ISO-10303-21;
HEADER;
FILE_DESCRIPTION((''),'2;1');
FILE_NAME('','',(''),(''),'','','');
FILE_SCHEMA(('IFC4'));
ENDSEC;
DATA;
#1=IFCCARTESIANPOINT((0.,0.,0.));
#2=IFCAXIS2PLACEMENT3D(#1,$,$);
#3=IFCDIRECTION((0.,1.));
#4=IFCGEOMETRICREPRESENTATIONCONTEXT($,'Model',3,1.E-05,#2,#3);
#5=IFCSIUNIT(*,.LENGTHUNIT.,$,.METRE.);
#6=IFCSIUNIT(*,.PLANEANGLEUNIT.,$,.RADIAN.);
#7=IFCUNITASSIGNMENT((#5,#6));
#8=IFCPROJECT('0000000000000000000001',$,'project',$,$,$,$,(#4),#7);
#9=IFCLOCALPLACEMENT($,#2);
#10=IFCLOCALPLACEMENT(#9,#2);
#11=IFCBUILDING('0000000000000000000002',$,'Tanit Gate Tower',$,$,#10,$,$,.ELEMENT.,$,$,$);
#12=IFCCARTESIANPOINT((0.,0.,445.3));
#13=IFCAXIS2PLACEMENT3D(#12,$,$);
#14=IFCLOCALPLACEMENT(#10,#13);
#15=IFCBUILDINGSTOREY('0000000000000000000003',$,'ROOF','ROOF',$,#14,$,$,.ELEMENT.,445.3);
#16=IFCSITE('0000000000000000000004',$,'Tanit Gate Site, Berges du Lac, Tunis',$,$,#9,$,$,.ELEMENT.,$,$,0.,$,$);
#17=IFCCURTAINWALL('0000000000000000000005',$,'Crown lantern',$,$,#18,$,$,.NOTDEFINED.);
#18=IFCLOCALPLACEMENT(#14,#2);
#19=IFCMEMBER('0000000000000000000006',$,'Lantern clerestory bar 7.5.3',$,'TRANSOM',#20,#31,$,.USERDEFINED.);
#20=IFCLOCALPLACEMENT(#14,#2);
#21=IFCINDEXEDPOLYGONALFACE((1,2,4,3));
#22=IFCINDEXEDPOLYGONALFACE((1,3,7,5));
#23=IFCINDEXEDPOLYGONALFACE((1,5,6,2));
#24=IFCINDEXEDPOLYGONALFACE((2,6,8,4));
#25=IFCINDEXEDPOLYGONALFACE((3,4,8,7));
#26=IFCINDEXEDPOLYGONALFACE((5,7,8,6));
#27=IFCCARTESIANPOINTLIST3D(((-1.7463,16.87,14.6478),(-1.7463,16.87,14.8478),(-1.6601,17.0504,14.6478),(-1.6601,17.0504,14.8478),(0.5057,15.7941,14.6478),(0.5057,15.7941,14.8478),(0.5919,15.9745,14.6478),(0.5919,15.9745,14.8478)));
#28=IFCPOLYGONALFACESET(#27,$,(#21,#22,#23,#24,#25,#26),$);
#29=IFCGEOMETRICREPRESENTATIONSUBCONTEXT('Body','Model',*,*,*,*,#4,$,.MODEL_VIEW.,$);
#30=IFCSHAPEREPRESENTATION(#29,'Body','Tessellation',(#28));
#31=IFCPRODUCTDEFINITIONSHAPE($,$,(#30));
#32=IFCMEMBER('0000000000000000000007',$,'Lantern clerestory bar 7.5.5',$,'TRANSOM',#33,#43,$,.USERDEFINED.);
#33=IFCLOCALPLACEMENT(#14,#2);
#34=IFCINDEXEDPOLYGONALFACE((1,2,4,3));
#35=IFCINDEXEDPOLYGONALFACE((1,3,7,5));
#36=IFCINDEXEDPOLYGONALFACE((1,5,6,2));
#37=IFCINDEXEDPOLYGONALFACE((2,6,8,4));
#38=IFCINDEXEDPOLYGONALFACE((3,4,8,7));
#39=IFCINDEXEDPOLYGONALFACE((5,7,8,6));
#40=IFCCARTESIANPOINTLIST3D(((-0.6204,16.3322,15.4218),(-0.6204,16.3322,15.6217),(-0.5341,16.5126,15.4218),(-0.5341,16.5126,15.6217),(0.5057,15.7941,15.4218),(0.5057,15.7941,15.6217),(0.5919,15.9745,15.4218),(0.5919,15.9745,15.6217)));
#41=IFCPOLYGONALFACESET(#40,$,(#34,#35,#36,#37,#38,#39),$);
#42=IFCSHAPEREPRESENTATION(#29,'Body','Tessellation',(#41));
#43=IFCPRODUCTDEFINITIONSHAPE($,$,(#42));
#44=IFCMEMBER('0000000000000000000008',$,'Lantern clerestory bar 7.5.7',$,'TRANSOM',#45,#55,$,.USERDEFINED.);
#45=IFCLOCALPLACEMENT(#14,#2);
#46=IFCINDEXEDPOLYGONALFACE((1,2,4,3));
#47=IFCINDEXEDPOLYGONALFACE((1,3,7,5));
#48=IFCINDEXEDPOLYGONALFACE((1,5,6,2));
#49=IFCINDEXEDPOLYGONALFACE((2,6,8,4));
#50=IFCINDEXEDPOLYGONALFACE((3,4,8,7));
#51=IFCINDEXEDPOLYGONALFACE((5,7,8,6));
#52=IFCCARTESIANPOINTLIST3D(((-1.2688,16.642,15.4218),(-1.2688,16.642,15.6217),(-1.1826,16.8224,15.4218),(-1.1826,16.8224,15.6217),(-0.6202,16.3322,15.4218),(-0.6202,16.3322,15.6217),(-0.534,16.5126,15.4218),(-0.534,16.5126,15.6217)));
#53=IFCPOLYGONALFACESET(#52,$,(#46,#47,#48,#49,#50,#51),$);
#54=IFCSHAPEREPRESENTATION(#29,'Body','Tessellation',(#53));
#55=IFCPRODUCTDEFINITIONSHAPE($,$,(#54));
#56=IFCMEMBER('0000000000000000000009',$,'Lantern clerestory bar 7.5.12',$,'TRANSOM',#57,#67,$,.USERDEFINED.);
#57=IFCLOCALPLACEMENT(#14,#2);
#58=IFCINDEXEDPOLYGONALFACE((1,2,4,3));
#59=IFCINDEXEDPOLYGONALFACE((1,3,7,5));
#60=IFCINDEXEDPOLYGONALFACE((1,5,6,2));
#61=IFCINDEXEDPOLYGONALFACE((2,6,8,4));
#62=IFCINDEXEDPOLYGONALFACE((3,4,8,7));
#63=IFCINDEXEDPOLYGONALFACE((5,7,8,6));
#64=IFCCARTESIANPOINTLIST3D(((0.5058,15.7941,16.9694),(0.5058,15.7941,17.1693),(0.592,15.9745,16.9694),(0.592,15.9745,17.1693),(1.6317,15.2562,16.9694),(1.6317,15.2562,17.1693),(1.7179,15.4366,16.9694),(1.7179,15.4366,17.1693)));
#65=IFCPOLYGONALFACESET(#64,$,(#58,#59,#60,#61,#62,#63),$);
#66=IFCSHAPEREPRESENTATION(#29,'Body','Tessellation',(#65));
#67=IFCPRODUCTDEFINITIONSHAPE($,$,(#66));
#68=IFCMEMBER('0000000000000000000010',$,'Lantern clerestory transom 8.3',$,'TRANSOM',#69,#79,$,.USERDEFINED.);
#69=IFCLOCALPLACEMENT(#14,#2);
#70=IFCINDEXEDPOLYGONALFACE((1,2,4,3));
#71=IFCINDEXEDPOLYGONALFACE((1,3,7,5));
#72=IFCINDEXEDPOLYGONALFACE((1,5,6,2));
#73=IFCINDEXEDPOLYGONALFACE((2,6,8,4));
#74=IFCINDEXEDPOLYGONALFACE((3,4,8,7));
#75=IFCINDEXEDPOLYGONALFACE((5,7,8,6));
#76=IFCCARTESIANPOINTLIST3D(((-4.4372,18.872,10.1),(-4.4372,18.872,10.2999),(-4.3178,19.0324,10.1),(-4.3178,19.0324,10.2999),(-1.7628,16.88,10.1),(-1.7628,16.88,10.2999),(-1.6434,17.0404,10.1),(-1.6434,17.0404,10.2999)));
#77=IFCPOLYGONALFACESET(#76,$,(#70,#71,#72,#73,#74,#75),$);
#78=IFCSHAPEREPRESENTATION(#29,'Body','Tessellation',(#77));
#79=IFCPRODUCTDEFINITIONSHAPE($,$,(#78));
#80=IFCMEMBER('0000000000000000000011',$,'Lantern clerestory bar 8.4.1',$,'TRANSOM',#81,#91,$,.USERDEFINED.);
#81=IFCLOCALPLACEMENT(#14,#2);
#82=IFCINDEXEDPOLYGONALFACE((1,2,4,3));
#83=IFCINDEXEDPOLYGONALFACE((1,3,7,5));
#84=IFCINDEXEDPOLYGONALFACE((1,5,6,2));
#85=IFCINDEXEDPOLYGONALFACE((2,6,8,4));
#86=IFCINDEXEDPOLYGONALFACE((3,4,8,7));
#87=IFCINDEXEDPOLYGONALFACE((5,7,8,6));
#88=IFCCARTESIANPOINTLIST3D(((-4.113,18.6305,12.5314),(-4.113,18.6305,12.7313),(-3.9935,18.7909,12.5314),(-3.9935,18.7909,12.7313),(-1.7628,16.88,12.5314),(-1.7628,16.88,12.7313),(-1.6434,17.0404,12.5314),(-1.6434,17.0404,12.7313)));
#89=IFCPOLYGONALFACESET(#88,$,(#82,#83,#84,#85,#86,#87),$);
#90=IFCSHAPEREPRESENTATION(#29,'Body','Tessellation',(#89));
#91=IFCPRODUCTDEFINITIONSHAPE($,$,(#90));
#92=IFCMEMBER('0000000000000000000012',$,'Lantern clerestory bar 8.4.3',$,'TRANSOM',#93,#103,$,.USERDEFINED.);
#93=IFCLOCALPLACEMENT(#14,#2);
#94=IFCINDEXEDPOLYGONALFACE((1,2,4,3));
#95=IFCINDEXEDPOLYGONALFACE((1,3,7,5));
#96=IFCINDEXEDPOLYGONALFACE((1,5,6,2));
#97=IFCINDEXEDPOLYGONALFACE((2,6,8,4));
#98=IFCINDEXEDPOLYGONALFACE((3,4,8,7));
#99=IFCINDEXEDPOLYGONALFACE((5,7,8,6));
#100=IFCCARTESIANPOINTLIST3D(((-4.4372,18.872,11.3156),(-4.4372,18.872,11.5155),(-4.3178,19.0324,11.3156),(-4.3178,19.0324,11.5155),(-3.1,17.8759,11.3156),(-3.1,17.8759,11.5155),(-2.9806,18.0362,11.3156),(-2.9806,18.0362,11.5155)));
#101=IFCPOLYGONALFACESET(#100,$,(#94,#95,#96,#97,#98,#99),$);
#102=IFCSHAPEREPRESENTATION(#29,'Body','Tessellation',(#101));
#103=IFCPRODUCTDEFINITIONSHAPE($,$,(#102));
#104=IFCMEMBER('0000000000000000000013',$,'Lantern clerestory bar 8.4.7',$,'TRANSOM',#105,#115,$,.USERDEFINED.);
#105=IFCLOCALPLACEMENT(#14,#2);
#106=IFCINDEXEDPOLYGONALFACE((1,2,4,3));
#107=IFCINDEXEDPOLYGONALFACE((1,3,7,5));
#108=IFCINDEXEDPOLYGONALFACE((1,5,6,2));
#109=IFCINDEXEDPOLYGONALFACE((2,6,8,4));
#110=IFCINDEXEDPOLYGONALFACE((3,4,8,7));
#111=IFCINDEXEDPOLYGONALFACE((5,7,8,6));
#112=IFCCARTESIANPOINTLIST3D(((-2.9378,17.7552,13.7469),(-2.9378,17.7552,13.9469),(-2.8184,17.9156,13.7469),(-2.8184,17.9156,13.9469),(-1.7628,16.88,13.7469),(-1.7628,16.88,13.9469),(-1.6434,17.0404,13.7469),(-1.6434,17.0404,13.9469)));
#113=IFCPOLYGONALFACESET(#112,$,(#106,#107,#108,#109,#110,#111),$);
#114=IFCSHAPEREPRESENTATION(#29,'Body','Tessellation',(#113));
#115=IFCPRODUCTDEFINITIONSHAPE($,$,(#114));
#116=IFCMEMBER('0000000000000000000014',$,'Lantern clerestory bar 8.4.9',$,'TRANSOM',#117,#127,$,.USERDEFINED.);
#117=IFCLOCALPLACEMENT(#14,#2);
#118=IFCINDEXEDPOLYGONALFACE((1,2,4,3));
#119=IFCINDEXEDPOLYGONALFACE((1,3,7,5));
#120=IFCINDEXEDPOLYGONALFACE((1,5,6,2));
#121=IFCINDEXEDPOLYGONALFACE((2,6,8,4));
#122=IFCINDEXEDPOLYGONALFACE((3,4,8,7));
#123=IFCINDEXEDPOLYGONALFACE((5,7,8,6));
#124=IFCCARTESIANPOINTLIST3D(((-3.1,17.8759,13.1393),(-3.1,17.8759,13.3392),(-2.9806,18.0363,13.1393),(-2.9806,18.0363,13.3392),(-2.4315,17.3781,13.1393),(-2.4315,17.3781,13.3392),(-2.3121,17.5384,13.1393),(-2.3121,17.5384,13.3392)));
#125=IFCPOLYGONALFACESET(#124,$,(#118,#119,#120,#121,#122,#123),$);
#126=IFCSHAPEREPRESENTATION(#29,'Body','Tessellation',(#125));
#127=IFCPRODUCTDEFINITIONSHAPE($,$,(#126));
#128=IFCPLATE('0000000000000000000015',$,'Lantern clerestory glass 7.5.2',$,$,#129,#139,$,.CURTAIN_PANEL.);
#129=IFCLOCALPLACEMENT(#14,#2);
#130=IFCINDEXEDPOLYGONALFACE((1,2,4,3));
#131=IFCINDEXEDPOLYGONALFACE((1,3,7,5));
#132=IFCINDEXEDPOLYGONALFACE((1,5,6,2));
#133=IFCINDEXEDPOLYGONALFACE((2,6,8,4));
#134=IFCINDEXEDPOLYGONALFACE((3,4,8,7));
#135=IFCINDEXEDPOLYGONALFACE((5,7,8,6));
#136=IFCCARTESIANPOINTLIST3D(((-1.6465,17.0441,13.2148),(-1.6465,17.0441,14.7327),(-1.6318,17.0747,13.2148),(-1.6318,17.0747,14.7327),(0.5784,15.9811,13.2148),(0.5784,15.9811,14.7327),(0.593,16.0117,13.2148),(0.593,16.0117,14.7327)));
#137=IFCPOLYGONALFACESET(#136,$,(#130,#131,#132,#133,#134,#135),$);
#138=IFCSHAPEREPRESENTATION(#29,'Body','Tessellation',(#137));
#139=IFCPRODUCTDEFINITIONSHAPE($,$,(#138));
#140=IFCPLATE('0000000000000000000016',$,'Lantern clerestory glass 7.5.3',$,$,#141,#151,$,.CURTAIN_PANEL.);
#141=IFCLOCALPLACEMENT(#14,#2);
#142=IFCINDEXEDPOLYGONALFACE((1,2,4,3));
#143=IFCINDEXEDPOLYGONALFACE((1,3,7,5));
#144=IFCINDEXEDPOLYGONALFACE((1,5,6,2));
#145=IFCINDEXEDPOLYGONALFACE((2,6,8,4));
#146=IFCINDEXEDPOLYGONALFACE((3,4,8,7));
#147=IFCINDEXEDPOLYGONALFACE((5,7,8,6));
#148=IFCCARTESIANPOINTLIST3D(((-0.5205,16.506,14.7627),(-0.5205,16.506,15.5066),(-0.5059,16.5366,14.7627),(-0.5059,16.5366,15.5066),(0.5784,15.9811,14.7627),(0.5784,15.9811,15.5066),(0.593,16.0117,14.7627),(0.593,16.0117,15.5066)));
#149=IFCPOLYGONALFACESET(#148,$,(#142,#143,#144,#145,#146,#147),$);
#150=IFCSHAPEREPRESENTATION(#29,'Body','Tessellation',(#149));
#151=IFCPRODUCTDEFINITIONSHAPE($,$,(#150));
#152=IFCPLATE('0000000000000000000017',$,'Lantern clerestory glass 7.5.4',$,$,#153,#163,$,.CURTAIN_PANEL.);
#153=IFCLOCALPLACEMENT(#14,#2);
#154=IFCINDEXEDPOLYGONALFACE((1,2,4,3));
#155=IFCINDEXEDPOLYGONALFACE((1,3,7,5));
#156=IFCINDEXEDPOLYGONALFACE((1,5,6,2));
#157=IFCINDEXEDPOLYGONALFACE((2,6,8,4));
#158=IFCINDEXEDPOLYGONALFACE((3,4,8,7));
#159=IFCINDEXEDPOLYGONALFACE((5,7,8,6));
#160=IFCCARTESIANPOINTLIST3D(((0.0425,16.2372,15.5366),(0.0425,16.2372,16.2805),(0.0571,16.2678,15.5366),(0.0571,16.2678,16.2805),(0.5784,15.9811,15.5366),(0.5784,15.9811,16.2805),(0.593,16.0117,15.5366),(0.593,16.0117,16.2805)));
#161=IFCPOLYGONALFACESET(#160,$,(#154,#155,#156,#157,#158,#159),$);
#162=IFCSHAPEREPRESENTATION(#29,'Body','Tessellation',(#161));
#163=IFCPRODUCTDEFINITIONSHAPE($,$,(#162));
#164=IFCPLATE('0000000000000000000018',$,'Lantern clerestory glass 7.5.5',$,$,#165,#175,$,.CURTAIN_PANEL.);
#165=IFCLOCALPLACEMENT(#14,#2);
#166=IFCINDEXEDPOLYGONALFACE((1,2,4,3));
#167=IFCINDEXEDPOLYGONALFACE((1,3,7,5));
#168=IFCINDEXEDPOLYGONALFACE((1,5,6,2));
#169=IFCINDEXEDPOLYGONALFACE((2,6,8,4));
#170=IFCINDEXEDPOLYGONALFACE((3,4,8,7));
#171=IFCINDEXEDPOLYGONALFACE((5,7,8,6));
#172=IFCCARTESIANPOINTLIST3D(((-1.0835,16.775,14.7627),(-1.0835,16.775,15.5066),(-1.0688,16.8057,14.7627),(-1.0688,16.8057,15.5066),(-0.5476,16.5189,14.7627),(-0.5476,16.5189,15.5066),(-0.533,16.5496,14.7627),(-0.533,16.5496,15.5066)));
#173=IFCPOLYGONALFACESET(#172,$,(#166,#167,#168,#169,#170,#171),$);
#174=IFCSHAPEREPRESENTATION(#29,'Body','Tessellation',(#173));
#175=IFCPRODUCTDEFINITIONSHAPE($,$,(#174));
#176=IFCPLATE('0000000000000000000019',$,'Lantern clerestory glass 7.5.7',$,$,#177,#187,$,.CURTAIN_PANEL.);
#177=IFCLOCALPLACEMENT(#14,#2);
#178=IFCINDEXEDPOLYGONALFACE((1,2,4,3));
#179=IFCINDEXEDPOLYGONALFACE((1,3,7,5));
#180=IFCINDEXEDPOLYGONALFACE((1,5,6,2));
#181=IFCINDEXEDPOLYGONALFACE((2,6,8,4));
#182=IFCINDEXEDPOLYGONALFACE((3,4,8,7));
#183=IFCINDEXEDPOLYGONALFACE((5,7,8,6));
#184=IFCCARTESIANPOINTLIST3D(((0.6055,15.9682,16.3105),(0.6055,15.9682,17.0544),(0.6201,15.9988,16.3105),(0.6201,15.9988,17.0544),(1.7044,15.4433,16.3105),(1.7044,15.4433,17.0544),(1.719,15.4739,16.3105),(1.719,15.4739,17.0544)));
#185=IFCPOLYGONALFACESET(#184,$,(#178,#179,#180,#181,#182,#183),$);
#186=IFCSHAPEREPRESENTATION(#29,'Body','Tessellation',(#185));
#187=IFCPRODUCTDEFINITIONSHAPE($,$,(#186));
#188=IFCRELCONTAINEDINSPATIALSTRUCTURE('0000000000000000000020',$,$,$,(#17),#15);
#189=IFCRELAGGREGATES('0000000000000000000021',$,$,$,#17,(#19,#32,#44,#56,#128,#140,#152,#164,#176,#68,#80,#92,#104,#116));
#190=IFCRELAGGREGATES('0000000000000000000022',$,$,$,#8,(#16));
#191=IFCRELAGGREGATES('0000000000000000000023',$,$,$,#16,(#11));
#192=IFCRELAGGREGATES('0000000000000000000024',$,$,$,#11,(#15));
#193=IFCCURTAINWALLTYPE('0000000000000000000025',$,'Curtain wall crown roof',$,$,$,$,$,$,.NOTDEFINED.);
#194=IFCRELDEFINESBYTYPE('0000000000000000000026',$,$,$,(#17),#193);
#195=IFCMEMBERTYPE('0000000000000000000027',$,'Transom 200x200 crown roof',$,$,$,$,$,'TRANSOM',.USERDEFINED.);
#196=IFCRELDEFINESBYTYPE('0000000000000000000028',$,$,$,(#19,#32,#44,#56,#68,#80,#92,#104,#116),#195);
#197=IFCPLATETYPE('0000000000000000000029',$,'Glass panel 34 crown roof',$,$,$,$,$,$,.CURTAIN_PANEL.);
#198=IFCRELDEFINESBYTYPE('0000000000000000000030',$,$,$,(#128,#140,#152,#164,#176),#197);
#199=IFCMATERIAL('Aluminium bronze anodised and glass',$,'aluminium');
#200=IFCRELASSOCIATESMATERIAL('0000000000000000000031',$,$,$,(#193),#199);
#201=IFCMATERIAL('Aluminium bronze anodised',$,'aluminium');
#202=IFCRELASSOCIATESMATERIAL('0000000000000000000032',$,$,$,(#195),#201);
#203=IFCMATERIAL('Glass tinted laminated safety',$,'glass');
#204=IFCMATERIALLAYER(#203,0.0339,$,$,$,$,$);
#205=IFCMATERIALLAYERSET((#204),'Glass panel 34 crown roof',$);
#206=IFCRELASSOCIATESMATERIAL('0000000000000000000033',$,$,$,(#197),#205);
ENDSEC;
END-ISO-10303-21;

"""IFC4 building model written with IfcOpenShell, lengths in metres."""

from ifc_helpers import new_model, si_unit, direction, frame, origin, origin_2d, place, context, subcontext, project, spatial, polyline, rectangle, outline, extrude, material, layer, layer_set, material_profile, profile_set, type_object, element, aggregate, save


model = new_model("IFC4")

# Units and contexts
model_context = context("Model", 3, precision=1e-05, world=origin(), true_north=direction((0.0, 1.0)))
body_context = subcontext(model_context, "Body", "Model", "MODEL_VIEW")
ifc_project = project(units=[si_unit("LENGTHUNIT", "METRE"), si_unit("PLANEANGLEUNIT", "RADIAN")], contexts=[model_context])

# Site, building, storey
site_placement = place(None, origin())
site = spatial("IfcSite", under=ifc_project, at=site_placement, Name="Tanit Gate Site, Berges du Lac, Tunis", CompositionType="ELEMENT", RefElevation=0.0)
building_placement = place(site_placement, origin())
building = spatial("IfcBuilding", under=site, at=building_placement, Name="Tanit Gate Tower", CompositionType="ELEMENT")
storey_placement = place(building_placement, frame((0.0, 0.0, 445.3)))
storey = spatial("IfcBuildingStorey", under=building, at=storey_placement, Name="ROOF", Description="ROOF", CompositionType="ELEMENT", Elevation=445.3)

# Curtain wall, members, plates
ifc_material_1 = material(Name="Aluminium bronze anodised and glass", Category="aluminium")
curtain_wall_type = type_object("IfcCurtainWallType", Name="Curtain wall crown roof", PredefinedType="NOTDEFINED", material=ifc_material_1)
curtain_wall_placement = place(storey_placement, origin())
curtain_wall = element("IfcCurtainWall", 1, at=curtain_wall_placement, inside=storey, type_object=curtain_wall_type, Name="Crown lantern", PredefinedType="NOTDEFINED")
ifc_material_2 = material(Name="Aluminium bronze anodised", Category="aluminium")
ifc_material_profile_1 = material_profile(ifc_material_2, rectangle(XDim=0.2, YDim=0.2, at=origin_2d()), Name="200x200 bronze transom")
ifc_profile_set_1 = profile_set([ifc_material_profile_1], Name="Aluminium bronze anodised")
member_type_1 = type_object("IfcMemberType", Name="Transom 200x200 crown roof", ElementType="TRANSOM", PredefinedType="USERDEFINED", material=ifc_profile_set_1)
member_1_placement = place(storey_placement, frame((0.5488, 15.8843, 14.7478), z_axis=(-0.902305, 0.431099, 0.0), x_axis=(-0.431099, -0.902305, 0.0)))
member_1 = element("IfcMember", 2, at=member_1_placement, type_object=member_type_1, Name="Lantern clerestory bar 7.5.3", ObjectType="TRANSOM", PredefinedType="USERDEFINED", context=body_context, shape_type="SweptSolid", body=[
    extrude(rectangle(XDim=0.2, YDim=0.2, at=origin_2d()), origin(), (0.0, 0.0, 1.0), 2.4958),
])
member_2_placement = place(storey_placement, frame((0.5488, 15.8843, 15.5217), z_axis=(-0.902267, 0.431179, 0.0), x_axis=(-0.431179, -0.902267, 0.0)))
member_2 = element("IfcMember", 3, at=member_2_placement, type_object=member_type_1, Name="Lantern clerestory bar 7.5.5", ObjectType="TRANSOM", PredefinedType="USERDEFINED", context=body_context, shape_type="SweptSolid", body=[
    extrude(rectangle(XDim=0.2, YDim=0.2, at=origin_2d()), origin(), (0.0, 0.0, 1.0), 1.248),
])
member_3_placement = place(storey_placement, frame((-0.5771, 16.4224, 15.5217), z_axis=(-0.902301, 0.431107, 0.0), x_axis=(-0.431107, -0.902301, 0.0)))
member_3 = element("IfcMember", 4, at=member_3_placement, type_object=member_type_1, Name="Lantern clerestory bar 7.5.7", ObjectType="TRANSOM", PredefinedType="USERDEFINED", context=body_context, shape_type="SweptSolid", body=[
    extrude(rectangle(XDim=0.2, YDim=0.2, at=origin_2d()), origin(), (0.0, 0.0, 1.0), 0.7188),
])
member_4_placement = place(storey_placement, frame((1.6748, 15.3464, 17.0693), z_axis=(-0.902343, 0.431019, 0.0), x_axis=(-0.431019, -0.902343, 0.0)))
member_4 = element("IfcMember", 5, at=member_4_placement, type_object=member_type_1, Name="Lantern clerestory bar 7.5.12", ObjectType="TRANSOM", PredefinedType="USERDEFINED", context=body_context, shape_type="SweptSolid", body=[
    extrude(rectangle(XDim=0.2, YDim=0.2, at=origin_2d()), origin(), (0.0, 0.0, 1.0), 1.2478),
])
member_5_placement = place(storey_placement, frame((-1.7031, 16.9602, 10.2), z_axis=(-0.801981, 0.597349, 0.0), x_axis=(-0.597349, -0.801981, 0.0)))
member_5 = element("IfcMember", 6, at=member_5_placement, type_object=member_type_1, Name="Lantern clerestory transom 8.3", ObjectType="TRANSOM", PredefinedType="USERDEFINED", context=body_context, shape_type="SweptSolid", body=[
    extrude(rectangle(XDim=0.2, YDim=0.2, at=origin_2d()), origin(), (0.0, 0.0, 1.0), 3.3347),
])
member_6_placement = place(storey_placement, frame((-1.7031, 16.9602, 12.6313), z_axis=(-0.801975, 0.597357, 0.0), x_axis=(-0.597357, -0.801975, 0.0)))
member_6 = element("IfcMember", 7, at=member_6_placement, type_object=member_type_1, Name="Lantern clerestory bar 8.4.1", ObjectType="TRANSOM", PredefinedType="USERDEFINED", context=body_context, shape_type="SweptSolid", body=[
    extrude(rectangle(XDim=0.2, YDim=0.2, at=origin_2d()), origin(), (0.0, 0.0, 1.0), 2.9304),
])
member_7_placement = place(storey_placement, frame((-3.0403, 17.9561, 11.4155), z_axis=(-0.801946, 0.597396, 0.0), x_axis=(-0.597396, -0.801946, 0.0)))
member_7 = element("IfcMember", 8, at=member_7_placement, type_object=member_type_1, Name="Lantern clerestory bar 8.4.3", ObjectType="TRANSOM", PredefinedType="USERDEFINED", context=body_context, shape_type="SweptSolid", body=[
    extrude(rectangle(XDim=0.2, YDim=0.2, at=origin_2d()), origin(), (0.0, 0.0, 1.0), 1.6675),
])
member_8_placement = place(storey_placement, frame((-1.7031, 16.9602, 13.8469), z_axis=(-0.801975, 0.597357, 0.0), x_axis=(-0.597357, -0.801975, 0.0)))
member_8 = element("IfcMember", 9, at=member_8_placement, type_object=member_type_1, Name="Lantern clerestory bar 8.4.7", ObjectType="TRANSOM", PredefinedType="USERDEFINED", context=body_context, shape_type="SweptSolid", body=[
    extrude(rectangle(XDim=0.2, YDim=0.2, at=origin_2d()), origin(), (0.0, 0.0, 1.0), 1.4651),
])
member_9_placement = place(storey_placement, frame((-2.3718, 17.4583, 13.2393), z_axis=(-0.802034, 0.597278, 0.0), x_axis=(-0.597278, -0.802034, 0.0)))
member_9 = element("IfcMember", 10, at=member_9_placement, type_object=member_type_1, Name="Lantern clerestory bar 8.4.9", ObjectType="TRANSOM", PredefinedType="USERDEFINED", context=body_context, shape_type="SweptSolid", body=[
    extrude(rectangle(XDim=0.2, YDim=0.2, at=origin_2d()), origin(), (0.0, 0.0, 1.0), 0.8335),
])
ifc_material_3 = material(Name="Glass tinted laminated safety", Category="glass")
ifc_layer = layer(ifc_material_3, 0.0339)
ifc_layer_set = layer_set([ifc_layer], Name="Glass panel 34 crown roof")
plate_type = type_object("IfcPlateType", Name="Glass panel 34 crown roof", PredefinedType="CURTAIN_PANEL", material=ifc_layer_set)
plate_1_placement = place(storey_placement, frame((0.593, 16.0117, 13.2148), z_axis=(0.431102, 0.902303, 0.0), x_axis=(-0.902303, 0.431102, 0.0)))
plate_1 = element("IfcPlate", 11, at=plate_1_placement, type_object=plate_type, Name="Lantern clerestory glass 7.5.2", PredefinedType="CURTAIN_PANEL", context=body_context, shape_type="SweptSolid", body=[
    extrude(outline(polyline([(0.0, 0.0), (2.4657, 0.0), (2.4657, 1.5178), (0.0, 1.5178), (0.0, 0.0)])), origin(), (0.0, 0.0, -1.0), 0.0339),
])
plate_2_placement = place(storey_placement, frame((0.593, 16.0117, 14.7627), z_axis=(0.431023, 0.902341, 0.0), x_axis=(-0.902341, 0.431023, 0.0)))
plate_2 = element("IfcPlate", 12, at=plate_2_placement, type_object=plate_type, Name="Lantern clerestory glass 7.5.3", PredefinedType="CURTAIN_PANEL", context=body_context, shape_type="SweptSolid", body=[
    extrude(outline(polyline([(0.0, 0.0), (1.2178, 0.0), (1.2178, 0.7439), (0.0, 0.7439), (0.0, 0.0)])), origin(), (0.0, 0.0, -1.0), 0.0339),
])
plate_3_placement = place(storey_placement, frame((0.593, 16.0117, 15.5366), z_axis=(0.431194, 0.902259, 0.0), x_axis=(-0.902259, 0.431194, 0.0)))
plate_3 = element("IfcPlate", 13, at=plate_3_placement, type_object=plate_type, Name="Lantern clerestory glass 7.5.4", PredefinedType="CURTAIN_PANEL", context=body_context, shape_type="SweptSolid", body=[
    extrude(outline(polyline([(0.0, 0.0), (0.5939, 0.0), (0.5939, 0.7439), (0.0, 0.7439), (0.0, 0.0)])), origin(), (0.0, 0.0, -1.0), 0.0339),
])
plate_4_placement = place(storey_placement, frame((-0.533, 16.5496, 14.7627), z_axis=(0.431194, 0.902259, 0.0), x_axis=(-0.902259, 0.431194, 0.0)))
plate_4 = element("IfcPlate", 14, at=plate_4_placement, type_object=plate_type, Name="Lantern clerestory glass 7.5.5", PredefinedType="CURTAIN_PANEL", context=body_context, shape_type="SweptSolid", body=[
    extrude(outline(polyline([(0.0, 0.0), (0.5939, 0.0), (0.5939, 0.7439), (0.0, 0.7439), (0.0, 0.0)])), origin(), (0.0, 0.0, -1.0), 0.0339),
])
plate_5_placement = place(storey_placement, frame((1.719, 15.4739, 16.3105), z_axis=(0.431023, 0.902341, 0.0), x_axis=(-0.902341, 0.431023, 0.0)))
plate_5 = element("IfcPlate", 15, at=plate_5_placement, type_object=plate_type, Name="Lantern clerestory glass 7.5.7", PredefinedType="CURTAIN_PANEL", context=body_context, shape_type="SweptSolid", body=[
    extrude(outline(polyline([(0.0, 0.0), (1.2178, 0.0), (1.2178, 0.7439), (0.0, 0.7439), (0.0, 0.0)])), origin(), (0.0, 0.0, -1.0), 0.0339),
])
aggregate(curtain_wall, [member_1, member_2, member_3, member_4, plate_1, plate_2, plate_3, plate_4, plate_5, member_5, member_6, member_7, member_8, member_9])

save(model, "model.ifc")
